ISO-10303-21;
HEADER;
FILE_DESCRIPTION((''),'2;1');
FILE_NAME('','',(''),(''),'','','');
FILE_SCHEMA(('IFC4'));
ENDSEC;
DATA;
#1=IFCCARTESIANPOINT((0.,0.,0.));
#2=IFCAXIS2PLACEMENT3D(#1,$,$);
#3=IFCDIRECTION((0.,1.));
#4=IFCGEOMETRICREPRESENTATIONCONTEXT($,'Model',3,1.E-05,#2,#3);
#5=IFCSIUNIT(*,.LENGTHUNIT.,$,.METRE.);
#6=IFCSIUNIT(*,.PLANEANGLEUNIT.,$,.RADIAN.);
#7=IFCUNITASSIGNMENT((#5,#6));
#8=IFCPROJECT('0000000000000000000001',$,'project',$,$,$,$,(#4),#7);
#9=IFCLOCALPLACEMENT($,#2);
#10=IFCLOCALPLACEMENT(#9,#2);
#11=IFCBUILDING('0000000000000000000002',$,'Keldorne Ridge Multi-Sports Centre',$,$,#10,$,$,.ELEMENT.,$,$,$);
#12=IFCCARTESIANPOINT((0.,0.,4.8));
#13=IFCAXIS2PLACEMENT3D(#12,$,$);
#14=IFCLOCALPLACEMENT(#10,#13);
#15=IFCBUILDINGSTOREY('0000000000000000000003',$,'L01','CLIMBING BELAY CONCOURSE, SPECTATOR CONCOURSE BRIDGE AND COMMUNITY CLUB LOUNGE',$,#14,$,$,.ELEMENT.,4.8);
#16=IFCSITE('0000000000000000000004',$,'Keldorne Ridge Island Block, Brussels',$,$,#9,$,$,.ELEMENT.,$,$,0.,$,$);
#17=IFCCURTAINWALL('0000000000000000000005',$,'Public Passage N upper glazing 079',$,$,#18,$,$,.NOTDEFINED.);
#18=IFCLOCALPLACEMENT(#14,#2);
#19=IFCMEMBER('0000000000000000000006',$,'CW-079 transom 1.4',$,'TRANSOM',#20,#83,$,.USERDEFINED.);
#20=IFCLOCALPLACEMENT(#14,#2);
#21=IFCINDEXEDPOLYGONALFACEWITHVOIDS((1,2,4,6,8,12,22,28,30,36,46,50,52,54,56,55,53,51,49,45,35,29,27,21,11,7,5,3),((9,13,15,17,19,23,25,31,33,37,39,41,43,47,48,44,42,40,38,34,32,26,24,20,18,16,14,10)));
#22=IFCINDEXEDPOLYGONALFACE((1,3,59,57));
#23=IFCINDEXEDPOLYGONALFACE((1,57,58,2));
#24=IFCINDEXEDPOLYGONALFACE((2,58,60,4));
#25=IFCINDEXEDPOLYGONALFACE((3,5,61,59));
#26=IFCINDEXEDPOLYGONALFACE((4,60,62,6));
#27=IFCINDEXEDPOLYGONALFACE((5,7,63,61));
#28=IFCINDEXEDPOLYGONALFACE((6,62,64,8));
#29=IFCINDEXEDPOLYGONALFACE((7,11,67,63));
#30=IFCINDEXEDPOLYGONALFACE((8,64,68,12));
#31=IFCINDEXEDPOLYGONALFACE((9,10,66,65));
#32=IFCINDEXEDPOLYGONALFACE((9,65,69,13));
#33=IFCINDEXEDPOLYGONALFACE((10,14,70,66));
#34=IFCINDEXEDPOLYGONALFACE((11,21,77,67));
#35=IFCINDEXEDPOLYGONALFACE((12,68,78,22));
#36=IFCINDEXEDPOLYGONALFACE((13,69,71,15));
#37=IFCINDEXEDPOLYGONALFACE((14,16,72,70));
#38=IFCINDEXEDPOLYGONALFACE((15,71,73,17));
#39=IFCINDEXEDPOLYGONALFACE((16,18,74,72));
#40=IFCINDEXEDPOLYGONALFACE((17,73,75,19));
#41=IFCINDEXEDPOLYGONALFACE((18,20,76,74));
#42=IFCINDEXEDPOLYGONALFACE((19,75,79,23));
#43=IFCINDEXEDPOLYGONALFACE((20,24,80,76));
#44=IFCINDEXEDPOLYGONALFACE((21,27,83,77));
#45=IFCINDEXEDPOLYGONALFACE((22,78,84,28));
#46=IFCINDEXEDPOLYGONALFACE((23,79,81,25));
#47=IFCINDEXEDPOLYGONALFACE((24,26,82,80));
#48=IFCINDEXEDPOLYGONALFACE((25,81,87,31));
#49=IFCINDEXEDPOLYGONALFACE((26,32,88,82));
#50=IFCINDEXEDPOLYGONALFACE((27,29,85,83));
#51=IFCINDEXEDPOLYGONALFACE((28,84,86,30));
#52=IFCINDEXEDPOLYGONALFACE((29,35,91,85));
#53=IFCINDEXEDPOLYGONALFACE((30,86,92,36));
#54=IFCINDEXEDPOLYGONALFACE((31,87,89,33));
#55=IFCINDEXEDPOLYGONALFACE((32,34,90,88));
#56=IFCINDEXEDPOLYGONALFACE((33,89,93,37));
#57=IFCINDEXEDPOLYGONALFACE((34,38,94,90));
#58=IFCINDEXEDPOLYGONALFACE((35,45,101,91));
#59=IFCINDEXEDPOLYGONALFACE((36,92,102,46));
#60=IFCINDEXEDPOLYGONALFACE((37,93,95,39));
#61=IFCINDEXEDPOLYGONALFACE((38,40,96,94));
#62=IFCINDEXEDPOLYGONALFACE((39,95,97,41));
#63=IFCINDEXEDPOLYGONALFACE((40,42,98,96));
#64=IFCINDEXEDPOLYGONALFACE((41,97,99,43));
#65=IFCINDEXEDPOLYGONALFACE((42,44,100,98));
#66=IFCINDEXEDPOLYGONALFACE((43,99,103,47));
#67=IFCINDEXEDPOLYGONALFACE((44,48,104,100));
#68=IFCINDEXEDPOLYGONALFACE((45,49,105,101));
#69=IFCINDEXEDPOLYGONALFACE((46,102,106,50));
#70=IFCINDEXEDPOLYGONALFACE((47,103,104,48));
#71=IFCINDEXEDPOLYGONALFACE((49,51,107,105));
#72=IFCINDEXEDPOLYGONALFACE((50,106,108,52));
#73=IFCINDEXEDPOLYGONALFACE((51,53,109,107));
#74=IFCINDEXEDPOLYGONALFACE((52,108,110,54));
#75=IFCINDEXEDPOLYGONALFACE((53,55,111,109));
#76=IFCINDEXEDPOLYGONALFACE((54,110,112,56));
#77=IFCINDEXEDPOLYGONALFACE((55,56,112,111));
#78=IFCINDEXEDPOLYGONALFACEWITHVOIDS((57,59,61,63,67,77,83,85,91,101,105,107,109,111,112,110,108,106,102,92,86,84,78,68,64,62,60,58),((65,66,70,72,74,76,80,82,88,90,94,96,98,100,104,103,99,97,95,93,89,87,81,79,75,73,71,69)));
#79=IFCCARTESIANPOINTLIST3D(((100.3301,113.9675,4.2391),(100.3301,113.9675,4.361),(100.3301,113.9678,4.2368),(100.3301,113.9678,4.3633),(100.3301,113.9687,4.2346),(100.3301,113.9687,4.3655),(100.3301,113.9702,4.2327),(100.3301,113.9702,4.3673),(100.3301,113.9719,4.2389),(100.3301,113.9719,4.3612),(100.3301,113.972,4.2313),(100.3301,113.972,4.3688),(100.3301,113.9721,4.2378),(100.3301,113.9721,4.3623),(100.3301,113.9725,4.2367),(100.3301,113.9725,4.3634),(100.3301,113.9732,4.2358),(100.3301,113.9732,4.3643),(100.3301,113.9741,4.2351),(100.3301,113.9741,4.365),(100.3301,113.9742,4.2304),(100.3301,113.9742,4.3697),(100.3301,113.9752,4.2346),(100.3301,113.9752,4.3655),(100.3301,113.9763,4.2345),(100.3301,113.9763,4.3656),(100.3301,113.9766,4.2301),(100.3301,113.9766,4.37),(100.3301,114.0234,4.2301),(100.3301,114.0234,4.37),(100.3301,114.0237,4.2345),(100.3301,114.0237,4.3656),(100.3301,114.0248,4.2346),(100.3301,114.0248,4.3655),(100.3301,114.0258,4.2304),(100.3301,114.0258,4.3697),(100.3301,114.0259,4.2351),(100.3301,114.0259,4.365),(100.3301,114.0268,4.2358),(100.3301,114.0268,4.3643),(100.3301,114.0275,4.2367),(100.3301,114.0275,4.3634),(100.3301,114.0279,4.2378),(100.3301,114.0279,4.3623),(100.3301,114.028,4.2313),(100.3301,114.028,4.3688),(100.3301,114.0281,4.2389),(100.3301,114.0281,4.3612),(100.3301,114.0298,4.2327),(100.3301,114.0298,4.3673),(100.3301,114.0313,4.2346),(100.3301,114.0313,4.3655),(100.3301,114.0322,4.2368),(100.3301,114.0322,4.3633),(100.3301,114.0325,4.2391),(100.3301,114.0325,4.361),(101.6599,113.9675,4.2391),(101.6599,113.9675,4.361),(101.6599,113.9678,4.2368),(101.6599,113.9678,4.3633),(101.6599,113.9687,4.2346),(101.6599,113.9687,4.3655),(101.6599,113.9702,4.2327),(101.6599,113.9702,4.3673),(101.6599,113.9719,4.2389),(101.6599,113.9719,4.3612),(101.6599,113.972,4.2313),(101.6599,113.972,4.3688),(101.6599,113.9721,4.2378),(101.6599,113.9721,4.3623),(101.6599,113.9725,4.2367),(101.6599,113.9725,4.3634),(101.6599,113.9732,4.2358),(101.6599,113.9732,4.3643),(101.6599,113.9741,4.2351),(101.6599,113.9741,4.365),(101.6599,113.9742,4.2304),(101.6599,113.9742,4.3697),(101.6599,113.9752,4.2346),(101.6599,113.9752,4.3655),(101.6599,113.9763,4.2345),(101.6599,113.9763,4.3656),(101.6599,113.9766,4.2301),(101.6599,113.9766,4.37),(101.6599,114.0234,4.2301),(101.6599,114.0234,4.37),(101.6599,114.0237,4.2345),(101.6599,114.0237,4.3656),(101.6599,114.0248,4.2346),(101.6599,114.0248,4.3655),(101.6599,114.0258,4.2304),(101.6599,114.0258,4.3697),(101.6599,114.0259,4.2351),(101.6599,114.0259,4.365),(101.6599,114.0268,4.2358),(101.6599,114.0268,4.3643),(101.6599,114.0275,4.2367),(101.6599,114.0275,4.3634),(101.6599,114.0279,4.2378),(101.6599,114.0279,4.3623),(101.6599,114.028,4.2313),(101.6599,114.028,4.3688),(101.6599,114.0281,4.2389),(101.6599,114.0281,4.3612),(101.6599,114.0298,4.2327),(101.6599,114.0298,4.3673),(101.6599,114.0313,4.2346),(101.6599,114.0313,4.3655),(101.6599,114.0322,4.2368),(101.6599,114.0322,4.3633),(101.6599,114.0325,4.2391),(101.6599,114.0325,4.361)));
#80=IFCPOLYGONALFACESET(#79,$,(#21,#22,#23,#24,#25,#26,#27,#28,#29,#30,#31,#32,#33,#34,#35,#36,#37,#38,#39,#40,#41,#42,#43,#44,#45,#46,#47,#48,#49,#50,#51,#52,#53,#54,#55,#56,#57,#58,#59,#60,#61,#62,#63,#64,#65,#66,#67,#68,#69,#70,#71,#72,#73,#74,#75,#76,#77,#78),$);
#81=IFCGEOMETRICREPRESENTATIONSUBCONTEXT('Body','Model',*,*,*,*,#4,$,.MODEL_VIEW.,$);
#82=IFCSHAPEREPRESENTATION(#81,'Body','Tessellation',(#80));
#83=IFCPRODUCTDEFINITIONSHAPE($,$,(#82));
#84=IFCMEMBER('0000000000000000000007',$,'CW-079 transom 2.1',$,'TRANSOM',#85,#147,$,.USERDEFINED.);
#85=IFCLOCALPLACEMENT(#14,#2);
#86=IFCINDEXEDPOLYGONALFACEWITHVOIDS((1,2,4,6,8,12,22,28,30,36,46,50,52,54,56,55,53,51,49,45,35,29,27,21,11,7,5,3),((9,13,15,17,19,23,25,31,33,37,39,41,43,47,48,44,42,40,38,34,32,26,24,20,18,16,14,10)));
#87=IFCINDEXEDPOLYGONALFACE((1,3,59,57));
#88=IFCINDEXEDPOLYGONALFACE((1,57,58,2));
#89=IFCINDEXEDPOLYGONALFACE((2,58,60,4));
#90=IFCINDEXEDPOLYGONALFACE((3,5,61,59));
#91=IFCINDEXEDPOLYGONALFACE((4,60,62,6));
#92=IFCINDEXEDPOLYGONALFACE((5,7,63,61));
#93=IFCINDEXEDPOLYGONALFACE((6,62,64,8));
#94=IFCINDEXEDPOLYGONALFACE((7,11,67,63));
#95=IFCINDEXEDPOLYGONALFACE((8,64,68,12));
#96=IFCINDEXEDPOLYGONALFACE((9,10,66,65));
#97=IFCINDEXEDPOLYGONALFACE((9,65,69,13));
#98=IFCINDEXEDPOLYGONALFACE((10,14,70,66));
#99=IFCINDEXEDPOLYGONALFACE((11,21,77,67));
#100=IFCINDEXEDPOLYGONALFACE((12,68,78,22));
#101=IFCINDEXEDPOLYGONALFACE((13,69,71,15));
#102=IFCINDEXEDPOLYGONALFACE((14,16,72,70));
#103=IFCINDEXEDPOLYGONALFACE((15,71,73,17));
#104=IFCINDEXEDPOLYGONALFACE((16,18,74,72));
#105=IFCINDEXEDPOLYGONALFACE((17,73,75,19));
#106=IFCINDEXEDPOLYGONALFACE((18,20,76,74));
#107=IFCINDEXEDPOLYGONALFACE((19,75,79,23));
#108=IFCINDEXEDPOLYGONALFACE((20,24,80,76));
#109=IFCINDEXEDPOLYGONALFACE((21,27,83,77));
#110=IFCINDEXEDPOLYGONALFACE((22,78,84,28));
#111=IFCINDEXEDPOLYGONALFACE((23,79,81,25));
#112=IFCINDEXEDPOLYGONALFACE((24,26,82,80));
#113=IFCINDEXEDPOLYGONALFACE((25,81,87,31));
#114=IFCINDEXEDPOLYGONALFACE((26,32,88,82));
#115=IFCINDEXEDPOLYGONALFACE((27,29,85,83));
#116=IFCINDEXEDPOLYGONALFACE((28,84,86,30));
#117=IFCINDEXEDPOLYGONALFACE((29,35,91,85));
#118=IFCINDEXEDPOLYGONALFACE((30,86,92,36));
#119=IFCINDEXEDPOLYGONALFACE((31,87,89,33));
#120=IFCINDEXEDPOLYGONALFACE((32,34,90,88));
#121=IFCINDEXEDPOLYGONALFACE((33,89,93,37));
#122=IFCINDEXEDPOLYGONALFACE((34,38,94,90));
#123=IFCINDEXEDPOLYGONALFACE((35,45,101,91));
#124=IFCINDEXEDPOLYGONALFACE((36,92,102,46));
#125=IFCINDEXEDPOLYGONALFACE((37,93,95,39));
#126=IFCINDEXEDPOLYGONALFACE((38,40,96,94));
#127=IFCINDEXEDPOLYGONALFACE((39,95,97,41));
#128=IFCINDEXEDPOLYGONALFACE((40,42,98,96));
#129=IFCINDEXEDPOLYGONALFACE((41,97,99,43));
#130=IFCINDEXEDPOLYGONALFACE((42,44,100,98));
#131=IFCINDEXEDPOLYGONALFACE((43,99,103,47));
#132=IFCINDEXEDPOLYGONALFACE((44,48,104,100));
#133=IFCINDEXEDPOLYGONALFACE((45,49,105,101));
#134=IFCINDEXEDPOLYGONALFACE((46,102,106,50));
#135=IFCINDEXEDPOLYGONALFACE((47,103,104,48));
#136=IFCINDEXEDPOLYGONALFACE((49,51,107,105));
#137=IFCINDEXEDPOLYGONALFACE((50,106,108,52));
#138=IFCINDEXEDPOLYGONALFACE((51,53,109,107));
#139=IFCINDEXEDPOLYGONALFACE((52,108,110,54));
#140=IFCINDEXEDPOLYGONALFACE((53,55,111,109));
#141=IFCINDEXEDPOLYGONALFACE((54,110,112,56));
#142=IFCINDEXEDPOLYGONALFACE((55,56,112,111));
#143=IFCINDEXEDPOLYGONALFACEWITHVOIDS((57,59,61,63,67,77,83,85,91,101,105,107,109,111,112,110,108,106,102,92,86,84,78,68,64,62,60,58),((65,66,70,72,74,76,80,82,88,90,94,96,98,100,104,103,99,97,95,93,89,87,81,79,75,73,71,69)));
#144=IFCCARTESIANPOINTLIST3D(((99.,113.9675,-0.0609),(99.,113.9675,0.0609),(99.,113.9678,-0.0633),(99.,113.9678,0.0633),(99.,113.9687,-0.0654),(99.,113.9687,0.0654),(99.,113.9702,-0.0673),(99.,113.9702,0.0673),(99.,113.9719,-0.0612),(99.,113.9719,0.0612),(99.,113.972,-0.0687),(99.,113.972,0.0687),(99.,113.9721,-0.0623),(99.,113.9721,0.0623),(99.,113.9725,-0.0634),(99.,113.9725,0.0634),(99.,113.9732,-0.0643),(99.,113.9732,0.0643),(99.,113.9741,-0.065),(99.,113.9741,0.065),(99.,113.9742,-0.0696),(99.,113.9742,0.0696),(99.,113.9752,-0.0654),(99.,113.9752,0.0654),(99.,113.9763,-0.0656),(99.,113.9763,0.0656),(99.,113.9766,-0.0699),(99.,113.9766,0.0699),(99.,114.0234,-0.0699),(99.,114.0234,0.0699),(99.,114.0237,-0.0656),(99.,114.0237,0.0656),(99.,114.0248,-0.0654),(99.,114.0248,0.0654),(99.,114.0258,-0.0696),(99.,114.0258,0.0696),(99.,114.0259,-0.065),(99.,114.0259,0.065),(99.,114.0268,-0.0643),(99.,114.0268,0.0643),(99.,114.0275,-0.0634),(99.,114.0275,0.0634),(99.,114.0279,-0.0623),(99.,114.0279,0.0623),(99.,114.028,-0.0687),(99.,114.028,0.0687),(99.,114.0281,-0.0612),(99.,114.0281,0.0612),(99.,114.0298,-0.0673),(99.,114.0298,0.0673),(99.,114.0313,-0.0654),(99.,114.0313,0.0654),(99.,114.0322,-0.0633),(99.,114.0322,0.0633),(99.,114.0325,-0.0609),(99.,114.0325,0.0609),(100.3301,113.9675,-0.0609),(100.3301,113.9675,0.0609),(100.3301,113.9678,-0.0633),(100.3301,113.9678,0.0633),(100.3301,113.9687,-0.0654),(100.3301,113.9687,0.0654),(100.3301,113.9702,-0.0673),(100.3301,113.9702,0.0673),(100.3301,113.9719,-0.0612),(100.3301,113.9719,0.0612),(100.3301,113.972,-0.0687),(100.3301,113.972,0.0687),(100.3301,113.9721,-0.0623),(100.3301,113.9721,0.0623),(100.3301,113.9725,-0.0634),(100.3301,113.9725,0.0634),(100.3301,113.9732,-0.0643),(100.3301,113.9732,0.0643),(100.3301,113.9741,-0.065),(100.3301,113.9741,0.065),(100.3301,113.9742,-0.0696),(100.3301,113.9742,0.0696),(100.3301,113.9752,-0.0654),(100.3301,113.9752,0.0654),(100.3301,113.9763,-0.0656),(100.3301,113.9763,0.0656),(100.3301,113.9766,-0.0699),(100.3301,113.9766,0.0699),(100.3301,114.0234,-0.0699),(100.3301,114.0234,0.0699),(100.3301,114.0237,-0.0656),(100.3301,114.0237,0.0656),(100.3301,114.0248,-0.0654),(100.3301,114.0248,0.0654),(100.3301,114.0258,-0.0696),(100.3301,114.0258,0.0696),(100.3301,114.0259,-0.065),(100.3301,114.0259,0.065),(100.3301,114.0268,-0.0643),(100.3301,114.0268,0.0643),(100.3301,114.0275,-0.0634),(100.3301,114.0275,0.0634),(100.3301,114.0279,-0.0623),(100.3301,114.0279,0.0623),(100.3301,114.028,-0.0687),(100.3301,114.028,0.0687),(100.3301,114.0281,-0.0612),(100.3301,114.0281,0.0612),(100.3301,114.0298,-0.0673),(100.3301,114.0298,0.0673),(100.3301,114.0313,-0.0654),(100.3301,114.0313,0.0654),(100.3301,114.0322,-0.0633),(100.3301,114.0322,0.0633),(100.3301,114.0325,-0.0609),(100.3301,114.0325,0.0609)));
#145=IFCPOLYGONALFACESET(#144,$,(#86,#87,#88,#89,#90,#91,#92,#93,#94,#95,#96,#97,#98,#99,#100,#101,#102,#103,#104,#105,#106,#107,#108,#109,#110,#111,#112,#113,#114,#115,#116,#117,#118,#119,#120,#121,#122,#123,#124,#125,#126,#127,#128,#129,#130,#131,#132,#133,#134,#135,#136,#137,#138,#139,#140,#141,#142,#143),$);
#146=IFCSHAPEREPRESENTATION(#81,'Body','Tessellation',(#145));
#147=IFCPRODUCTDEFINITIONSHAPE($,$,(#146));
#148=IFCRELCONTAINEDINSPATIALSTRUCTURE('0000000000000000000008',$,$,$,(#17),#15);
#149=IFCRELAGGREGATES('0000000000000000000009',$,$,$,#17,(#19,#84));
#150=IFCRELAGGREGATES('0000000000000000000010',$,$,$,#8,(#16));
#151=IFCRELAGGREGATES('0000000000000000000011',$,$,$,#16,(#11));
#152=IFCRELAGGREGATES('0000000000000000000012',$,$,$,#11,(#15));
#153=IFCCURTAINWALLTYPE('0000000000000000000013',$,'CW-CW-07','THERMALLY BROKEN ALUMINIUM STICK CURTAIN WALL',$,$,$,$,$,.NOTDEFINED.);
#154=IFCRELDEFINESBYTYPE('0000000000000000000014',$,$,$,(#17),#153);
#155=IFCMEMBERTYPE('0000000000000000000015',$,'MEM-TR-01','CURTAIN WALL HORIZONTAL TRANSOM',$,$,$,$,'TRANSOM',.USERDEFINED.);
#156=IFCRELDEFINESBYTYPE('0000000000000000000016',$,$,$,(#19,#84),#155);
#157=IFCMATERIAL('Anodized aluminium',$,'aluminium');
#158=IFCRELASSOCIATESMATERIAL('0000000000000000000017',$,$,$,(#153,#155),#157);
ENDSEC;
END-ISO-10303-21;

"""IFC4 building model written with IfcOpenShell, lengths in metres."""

from ifc_helpers import new_model, si_unit, direction, frame, origin, origin_2d, place, context, subcontext, project, spatial, hollow_rectangle, extrude, material, material_profile, profile_set, type_object, element, aggregate, save


model = new_model("IFC4")

# Units and contexts
model_context = context("Model", 3, precision=1e-05, world=origin(), true_north=direction((0.0, 1.0)))
body_context = subcontext(model_context, "Body", "Model", "MODEL_VIEW")
ifc_project = project(units=[si_unit("LENGTHUNIT", "METRE"), si_unit("PLANEANGLEUNIT", "RADIAN")], contexts=[model_context])

# Site, building, storey
site_placement = place(None, origin())
site = spatial("IfcSite", under=ifc_project, at=site_placement, Name="Keldorne Ridge Island Block, Brussels", CompositionType="ELEMENT", RefElevation=0.0)
building_placement = place(site_placement, origin())
building = spatial("IfcBuilding", under=site, at=building_placement, Name="Keldorne Ridge Multi-Sports Centre", CompositionType="ELEMENT")
storey_placement = place(building_placement, frame((0.0, 0.0, 4.8)))
storey = spatial("IfcBuildingStorey", under=building, at=storey_placement, Name="L01", Description="CLIMBING BELAY CONCOURSE, SPECTATOR CONCOURSE BRIDGE AND COMMUNITY CLUB LOUNGE", CompositionType="ELEMENT", Elevation=4.8)

# Curtain wall, members
ifc_material_1 = material(Name="Anodized aluminium", Category="aluminium")
curtain_wall_type = type_object("IfcCurtainWallType", Name="CW-CW-07", Description="THERMALLY BROKEN ALUMINIUM STICK CURTAIN WALL", PredefinedType="NOTDEFINED", material=ifc_material_1)
curtain_wall_placement = place(storey_placement, origin())
curtain_wall = element("IfcCurtainWall", 1, at=curtain_wall_placement, inside=storey, type_object=curtain_wall_type, Name="Public Passage N upper glazing 079", PredefinedType="NOTDEFINED")
ifc_material_profile_1 = material_profile(ifc_material_1, hollow_rectangle(XDim=0.0649, YDim=0.1399, WallThickness=0.0044, InnerFilletRadius=0.0044, OuterFilletRadius=0.009, at=origin_2d()), Name="ALU TRANSOM 140x65x4.5")
ifc_profile_set_1 = profile_set([ifc_material_profile_1], Name="Anodized aluminium")
member_type_1 = type_object("IfcMemberType", Name="MEM-TR-01", Description="CURTAIN WALL HORIZONTAL TRANSOM", ElementType="TRANSOM", PredefinedType="USERDEFINED", material=ifc_profile_set_1)
member_1_placement = place(storey_placement, frame((101.6599, 114.0, 4.3), z_axis=(-1.0, 0.0, 0.0), x_axis=(0.0, -1.0, 0.0)))
member_1 = element("IfcMember", 2, at=member_1_placement, type_object=member_type_1, Name="CW-079 transom 1.4", ObjectType="TRANSOM", PredefinedType="USERDEFINED", context=body_context, shape_type="SweptSolid", body=[
    extrude(hollow_rectangle(XDim=0.0649, YDim=0.1399, WallThickness=0.0044, InnerFilletRadius=0.0044, OuterFilletRadius=0.009, at=origin_2d()), origin(), (0.0, 0.0, 1.0), 1.3298),
])
member_2_placement = place(storey_placement, frame((100.3301, 114.0, 0.0), z_axis=(-1.0, 0.0, 0.0), x_axis=(0.0, -1.0, 0.0)))
member_2 = element("IfcMember", 3, at=member_2_placement, type_object=member_type_1, Name="CW-079 transom 2.1", ObjectType="TRANSOM", PredefinedType="USERDEFINED", context=body_context, shape_type="SweptSolid", body=[
    extrude(hollow_rectangle(XDim=0.0649, YDim=0.1399, WallThickness=0.0044, InnerFilletRadius=0.0044, OuterFilletRadius=0.009, at=origin_2d()), origin(), (0.0, 0.0, 1.0), 1.3301),
])
aggregate(curtain_wall, [member_1, member_2])

save(model, "model.ifc")
